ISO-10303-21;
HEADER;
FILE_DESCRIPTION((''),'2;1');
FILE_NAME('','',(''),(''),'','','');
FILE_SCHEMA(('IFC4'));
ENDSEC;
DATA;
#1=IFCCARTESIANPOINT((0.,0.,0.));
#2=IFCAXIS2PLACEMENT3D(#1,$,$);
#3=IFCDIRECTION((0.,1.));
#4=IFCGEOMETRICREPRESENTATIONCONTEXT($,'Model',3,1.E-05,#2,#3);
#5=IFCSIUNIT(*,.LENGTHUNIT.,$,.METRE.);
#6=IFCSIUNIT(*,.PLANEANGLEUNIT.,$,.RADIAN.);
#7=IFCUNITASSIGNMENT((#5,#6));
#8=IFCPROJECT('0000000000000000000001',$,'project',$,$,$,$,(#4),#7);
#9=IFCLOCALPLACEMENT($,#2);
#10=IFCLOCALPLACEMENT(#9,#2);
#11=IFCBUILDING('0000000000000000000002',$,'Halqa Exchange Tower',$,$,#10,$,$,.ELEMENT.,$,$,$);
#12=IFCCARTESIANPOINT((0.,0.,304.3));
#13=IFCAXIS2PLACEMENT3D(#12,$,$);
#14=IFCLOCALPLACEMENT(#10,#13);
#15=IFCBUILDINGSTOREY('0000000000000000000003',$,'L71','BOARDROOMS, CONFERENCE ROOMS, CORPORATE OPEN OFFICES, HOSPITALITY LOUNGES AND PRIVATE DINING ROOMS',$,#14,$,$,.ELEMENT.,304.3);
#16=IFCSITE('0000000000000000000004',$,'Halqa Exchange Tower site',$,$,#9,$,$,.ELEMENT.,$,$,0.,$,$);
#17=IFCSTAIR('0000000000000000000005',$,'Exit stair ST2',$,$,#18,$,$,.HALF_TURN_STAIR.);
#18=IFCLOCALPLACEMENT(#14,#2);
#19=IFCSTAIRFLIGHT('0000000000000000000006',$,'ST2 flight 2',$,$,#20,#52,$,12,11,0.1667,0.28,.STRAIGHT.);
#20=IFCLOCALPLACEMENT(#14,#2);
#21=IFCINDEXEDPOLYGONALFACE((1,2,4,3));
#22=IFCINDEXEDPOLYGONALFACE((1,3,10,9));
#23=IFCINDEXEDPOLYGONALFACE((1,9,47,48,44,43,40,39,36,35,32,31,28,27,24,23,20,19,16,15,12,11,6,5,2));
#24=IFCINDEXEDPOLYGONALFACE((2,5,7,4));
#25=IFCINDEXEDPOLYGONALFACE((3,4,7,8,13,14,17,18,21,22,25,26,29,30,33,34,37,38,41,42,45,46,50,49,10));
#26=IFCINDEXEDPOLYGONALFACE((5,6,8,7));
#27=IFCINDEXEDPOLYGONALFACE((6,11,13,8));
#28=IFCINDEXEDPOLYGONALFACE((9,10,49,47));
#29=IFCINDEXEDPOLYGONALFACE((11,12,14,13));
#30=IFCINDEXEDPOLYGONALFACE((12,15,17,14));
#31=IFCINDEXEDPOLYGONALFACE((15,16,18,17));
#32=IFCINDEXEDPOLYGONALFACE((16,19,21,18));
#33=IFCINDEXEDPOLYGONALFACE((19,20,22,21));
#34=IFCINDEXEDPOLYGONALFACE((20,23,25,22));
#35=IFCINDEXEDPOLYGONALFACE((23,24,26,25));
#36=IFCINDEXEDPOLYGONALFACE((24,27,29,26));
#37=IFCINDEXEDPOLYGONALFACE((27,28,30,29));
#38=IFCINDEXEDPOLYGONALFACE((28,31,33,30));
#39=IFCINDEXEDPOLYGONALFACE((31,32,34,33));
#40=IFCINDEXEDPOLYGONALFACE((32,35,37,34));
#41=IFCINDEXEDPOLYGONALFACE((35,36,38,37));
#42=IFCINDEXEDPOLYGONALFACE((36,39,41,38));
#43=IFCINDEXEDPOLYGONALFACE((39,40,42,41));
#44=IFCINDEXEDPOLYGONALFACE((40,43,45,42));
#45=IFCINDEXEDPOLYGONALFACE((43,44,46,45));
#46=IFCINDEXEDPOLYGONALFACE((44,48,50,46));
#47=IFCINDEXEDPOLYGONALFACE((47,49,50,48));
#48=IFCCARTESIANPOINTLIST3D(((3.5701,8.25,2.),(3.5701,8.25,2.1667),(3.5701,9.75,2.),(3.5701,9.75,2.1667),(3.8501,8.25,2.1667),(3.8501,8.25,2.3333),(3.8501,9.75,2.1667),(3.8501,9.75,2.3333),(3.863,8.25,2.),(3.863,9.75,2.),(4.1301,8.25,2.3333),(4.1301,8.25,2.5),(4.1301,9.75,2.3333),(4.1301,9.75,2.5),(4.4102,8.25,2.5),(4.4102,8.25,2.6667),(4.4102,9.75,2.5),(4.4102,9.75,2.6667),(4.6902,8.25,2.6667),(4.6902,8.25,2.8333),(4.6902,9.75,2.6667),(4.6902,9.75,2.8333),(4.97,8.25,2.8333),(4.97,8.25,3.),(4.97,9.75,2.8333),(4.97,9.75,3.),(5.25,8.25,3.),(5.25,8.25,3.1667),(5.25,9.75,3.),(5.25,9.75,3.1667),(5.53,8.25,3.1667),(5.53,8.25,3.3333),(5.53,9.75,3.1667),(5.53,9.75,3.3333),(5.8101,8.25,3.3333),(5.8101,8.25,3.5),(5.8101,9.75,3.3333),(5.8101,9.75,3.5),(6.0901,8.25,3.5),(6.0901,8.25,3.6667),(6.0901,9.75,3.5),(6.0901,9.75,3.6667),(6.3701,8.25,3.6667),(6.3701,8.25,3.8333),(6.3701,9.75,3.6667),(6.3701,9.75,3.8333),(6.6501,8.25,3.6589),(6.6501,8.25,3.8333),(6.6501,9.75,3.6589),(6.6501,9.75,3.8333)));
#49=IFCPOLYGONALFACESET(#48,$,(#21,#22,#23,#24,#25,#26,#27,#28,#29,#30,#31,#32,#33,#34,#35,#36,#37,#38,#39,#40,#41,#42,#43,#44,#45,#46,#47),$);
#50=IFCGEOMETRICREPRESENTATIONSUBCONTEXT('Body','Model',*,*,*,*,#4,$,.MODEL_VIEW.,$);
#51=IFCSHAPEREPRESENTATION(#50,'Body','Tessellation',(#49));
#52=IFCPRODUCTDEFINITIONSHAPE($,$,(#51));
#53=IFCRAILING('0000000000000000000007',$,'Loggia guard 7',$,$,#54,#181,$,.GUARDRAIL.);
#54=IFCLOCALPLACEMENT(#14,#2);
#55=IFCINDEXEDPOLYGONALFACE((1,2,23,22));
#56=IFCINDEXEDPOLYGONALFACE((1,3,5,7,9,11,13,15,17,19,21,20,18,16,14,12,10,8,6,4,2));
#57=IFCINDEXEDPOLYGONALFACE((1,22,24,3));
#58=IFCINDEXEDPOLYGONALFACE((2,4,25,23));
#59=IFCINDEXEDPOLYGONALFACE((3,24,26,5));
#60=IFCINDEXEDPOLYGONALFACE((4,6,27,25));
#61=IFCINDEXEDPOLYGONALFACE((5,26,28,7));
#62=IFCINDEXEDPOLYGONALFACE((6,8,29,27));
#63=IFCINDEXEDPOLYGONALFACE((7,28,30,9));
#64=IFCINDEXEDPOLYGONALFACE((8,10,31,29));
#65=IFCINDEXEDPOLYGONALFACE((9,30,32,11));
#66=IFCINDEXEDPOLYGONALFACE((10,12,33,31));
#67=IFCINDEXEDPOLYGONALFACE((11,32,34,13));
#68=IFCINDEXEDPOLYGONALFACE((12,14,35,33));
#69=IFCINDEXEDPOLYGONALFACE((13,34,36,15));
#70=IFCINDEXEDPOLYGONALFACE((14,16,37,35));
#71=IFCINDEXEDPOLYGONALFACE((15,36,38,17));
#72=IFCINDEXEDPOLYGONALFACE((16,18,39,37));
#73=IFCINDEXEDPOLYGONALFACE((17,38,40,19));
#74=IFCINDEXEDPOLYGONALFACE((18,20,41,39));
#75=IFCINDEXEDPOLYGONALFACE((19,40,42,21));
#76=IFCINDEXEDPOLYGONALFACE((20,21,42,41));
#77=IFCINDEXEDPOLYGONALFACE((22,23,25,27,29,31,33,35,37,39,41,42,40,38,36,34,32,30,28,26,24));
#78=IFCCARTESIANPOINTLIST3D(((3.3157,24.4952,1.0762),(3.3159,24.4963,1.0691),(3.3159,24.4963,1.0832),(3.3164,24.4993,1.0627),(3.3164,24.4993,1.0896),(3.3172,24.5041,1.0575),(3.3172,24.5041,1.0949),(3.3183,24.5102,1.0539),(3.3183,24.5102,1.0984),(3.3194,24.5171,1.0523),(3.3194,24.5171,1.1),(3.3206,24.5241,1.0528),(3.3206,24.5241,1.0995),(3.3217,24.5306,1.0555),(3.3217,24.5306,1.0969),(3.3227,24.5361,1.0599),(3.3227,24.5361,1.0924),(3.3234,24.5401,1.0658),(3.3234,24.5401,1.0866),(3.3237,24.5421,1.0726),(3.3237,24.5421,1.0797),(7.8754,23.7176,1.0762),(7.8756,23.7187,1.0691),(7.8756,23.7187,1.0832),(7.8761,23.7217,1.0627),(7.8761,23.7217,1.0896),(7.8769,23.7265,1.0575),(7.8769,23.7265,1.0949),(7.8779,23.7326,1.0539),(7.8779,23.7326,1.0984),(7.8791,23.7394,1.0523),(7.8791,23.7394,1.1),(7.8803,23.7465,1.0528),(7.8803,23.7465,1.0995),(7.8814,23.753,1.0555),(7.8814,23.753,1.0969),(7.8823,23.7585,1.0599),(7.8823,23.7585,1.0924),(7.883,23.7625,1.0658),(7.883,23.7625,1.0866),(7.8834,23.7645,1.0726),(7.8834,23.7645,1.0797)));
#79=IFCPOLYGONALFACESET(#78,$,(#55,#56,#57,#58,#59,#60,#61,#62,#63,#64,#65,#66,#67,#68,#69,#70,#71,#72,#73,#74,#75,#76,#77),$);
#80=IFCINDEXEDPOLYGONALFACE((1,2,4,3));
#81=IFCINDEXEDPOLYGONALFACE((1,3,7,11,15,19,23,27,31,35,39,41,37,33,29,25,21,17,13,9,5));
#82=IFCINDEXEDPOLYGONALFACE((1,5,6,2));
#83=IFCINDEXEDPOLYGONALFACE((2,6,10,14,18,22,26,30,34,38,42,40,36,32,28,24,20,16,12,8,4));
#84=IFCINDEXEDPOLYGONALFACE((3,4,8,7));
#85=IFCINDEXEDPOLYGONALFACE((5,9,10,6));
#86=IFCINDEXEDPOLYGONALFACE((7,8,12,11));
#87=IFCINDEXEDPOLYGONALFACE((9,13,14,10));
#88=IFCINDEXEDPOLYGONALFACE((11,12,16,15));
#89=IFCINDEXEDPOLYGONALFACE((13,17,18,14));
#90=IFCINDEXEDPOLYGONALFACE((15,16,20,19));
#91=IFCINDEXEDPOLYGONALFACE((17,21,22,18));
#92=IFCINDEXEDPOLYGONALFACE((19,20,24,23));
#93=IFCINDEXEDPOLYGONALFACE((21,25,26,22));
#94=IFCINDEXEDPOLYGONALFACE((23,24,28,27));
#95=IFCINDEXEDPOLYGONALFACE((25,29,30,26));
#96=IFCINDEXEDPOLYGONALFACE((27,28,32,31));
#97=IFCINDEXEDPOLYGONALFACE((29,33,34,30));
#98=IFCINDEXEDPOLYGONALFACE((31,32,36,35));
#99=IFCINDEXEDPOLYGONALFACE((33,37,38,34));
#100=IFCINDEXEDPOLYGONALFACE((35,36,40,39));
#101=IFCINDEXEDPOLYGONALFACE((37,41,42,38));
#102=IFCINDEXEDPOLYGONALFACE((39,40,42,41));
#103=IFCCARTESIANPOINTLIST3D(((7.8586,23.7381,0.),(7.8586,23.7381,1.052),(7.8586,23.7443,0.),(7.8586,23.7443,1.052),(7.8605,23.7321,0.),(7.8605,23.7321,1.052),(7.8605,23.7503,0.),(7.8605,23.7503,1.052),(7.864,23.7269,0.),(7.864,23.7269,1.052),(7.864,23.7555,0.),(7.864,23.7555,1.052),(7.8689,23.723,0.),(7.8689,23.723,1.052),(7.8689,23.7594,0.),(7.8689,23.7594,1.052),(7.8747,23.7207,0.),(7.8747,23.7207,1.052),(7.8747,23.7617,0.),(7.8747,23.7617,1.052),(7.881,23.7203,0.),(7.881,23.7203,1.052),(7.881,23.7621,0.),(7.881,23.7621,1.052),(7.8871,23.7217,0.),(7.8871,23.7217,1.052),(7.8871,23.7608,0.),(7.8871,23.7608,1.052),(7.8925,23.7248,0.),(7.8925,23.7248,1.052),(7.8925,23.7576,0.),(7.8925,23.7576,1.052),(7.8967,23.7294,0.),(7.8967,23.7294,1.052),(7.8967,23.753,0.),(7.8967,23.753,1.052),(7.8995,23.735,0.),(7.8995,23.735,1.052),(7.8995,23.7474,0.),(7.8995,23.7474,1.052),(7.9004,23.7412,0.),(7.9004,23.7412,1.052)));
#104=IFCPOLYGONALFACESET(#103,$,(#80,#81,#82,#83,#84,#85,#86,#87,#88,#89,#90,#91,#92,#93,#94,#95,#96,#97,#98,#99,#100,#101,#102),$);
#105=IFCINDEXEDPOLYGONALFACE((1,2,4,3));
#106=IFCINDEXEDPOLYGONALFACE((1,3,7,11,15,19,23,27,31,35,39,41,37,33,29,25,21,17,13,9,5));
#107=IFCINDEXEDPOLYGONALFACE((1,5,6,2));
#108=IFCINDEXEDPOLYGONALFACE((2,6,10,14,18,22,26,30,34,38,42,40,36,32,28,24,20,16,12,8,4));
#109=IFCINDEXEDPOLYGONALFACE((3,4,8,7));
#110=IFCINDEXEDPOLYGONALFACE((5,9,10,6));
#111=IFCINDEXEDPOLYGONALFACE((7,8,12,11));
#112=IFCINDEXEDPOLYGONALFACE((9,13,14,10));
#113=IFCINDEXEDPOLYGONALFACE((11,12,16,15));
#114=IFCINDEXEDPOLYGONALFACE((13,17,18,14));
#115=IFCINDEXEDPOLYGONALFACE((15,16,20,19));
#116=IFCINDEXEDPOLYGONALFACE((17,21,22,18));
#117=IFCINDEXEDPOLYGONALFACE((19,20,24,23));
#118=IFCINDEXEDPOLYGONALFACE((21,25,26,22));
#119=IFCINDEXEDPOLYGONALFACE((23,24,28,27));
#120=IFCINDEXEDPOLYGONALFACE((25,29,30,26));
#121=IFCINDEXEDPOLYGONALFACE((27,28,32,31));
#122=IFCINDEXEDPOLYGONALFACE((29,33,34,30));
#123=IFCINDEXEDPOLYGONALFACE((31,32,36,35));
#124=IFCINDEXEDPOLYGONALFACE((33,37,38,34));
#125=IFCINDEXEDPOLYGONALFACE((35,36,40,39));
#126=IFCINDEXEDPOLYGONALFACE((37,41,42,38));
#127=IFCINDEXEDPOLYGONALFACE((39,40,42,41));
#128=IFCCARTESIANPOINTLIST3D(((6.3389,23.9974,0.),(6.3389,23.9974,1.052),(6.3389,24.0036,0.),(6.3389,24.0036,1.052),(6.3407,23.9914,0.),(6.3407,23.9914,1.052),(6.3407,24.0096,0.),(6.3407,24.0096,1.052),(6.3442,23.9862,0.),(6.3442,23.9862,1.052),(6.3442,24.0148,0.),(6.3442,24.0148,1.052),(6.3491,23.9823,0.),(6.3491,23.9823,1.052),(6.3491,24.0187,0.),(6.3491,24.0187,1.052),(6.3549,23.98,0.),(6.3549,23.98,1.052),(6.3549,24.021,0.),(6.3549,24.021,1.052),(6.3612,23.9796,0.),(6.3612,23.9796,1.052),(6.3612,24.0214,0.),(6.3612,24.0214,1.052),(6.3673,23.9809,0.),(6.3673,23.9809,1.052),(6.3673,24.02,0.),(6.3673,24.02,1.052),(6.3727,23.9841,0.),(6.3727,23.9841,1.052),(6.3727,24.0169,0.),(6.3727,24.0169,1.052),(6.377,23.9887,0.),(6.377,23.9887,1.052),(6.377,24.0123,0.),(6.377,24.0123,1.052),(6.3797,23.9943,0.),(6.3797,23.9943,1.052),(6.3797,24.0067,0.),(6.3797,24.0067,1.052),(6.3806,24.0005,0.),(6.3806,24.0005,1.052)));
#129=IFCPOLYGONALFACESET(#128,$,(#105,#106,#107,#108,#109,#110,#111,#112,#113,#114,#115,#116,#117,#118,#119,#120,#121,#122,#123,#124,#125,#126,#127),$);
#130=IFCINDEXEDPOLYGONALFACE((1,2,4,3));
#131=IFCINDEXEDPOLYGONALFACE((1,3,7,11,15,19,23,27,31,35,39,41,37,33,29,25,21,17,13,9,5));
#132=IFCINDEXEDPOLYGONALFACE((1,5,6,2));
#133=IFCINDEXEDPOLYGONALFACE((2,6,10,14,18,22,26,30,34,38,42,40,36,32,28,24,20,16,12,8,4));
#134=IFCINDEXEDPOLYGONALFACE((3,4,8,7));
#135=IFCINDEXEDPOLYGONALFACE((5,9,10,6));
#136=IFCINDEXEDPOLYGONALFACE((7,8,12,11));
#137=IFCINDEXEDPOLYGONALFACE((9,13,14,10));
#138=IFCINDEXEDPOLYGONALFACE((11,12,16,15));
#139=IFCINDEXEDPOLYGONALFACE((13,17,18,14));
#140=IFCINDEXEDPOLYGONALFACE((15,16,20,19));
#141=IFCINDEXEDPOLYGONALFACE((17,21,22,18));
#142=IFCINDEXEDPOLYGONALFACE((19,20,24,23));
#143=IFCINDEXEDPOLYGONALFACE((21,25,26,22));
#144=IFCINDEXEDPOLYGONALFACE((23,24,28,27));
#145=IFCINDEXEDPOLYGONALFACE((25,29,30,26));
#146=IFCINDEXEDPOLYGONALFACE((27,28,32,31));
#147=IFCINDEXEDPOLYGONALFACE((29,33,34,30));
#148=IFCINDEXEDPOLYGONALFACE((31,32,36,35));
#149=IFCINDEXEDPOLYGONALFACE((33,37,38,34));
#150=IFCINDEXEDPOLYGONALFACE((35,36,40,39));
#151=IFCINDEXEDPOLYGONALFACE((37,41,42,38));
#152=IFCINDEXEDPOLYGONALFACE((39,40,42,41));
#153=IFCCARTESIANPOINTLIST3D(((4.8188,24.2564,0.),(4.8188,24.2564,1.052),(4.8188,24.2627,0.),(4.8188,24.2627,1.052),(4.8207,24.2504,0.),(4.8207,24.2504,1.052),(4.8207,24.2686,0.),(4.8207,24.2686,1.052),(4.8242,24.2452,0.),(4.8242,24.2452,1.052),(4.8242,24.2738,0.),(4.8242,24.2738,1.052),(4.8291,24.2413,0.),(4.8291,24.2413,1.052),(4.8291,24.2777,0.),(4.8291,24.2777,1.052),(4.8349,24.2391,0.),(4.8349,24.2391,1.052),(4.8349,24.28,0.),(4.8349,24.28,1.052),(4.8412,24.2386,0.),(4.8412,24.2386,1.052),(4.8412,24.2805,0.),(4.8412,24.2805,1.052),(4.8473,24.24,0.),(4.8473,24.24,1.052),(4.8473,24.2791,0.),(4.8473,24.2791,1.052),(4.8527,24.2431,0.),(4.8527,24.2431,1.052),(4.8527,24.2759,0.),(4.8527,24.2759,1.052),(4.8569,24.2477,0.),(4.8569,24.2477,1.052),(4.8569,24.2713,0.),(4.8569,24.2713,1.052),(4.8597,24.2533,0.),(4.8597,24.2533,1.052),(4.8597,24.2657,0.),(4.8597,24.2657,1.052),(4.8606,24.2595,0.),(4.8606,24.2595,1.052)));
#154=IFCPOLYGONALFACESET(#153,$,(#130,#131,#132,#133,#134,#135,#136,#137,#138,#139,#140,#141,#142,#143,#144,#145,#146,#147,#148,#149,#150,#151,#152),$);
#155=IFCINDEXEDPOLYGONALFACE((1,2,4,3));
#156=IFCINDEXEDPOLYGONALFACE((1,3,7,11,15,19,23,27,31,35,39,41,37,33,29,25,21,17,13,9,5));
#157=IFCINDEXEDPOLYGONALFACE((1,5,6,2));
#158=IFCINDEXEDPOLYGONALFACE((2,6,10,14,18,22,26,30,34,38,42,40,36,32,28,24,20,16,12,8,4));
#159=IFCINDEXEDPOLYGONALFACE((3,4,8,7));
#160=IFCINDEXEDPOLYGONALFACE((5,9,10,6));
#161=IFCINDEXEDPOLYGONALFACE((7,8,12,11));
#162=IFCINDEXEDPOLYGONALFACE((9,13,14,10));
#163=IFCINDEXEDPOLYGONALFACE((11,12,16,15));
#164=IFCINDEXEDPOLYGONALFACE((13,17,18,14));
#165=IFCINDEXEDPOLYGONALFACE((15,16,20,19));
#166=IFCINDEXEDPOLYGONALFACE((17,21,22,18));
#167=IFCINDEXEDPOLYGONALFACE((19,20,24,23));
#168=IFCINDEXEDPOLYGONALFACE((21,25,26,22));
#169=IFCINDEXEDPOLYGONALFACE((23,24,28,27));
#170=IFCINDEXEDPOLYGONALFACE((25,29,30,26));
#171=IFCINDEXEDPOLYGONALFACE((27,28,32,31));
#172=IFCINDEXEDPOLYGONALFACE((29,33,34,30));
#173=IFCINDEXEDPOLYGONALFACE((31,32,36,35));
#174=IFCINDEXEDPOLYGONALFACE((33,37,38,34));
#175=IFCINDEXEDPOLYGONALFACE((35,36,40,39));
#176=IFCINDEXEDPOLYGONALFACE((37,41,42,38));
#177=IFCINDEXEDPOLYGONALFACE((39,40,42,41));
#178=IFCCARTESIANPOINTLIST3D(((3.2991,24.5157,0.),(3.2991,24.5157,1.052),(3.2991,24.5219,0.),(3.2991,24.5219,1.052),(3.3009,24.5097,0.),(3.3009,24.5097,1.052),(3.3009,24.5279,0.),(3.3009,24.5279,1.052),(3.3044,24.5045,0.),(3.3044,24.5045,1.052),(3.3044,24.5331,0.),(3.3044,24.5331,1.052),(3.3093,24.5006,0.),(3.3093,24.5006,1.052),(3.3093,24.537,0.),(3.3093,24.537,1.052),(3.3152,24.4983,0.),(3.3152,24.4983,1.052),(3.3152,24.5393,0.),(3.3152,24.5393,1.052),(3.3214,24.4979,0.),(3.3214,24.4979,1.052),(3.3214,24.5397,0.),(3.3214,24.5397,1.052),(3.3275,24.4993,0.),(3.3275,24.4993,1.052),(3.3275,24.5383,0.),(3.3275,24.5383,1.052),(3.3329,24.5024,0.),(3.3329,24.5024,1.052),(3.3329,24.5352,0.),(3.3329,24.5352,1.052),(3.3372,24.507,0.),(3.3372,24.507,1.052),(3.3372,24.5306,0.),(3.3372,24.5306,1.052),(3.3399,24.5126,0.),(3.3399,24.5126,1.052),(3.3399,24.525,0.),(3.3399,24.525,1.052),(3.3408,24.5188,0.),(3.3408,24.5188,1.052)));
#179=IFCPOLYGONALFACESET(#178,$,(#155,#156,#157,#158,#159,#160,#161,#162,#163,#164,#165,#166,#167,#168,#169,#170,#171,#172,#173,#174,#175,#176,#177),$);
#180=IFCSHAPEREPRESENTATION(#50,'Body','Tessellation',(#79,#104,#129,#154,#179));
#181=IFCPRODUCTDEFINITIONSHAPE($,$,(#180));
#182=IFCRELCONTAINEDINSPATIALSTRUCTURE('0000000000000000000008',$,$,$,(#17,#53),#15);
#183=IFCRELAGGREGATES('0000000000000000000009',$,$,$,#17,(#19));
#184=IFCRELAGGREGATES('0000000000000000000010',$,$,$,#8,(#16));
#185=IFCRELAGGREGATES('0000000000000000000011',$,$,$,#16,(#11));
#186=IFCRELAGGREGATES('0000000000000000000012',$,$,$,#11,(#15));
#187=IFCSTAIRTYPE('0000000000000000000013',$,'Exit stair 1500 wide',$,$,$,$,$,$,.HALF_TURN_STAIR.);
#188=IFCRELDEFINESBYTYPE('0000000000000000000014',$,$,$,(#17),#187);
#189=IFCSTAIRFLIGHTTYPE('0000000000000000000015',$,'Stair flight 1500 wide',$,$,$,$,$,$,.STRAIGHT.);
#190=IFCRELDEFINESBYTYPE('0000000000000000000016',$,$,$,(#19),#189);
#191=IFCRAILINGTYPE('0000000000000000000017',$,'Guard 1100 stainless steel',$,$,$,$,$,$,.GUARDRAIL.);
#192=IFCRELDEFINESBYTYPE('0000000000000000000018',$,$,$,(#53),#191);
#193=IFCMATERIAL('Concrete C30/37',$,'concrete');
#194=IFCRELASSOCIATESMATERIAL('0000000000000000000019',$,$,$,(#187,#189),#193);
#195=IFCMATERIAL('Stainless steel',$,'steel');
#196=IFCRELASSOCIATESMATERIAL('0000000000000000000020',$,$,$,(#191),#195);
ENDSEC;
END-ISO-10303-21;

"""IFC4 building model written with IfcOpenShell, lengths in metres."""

from ifc_helpers import new_model, si_unit, direction, frame, origin, origin_2d, place, context, subcontext, project, spatial, polyline, circle, outline, extrude, material, type_object, element, aggregate, save


model = new_model("IFC4")

# Units and contexts
model_context = context("Model", 3, precision=1e-05, world=origin(), true_north=direction((0.0, 1.0)))
body_context = subcontext(model_context, "Body", "Model", "MODEL_VIEW")
ifc_project = project(units=[si_unit("LENGTHUNIT", "METRE"), si_unit("PLANEANGLEUNIT", "RADIAN")], contexts=[model_context])

# Site, building, storey
site_placement = place(None, origin())
site = spatial("IfcSite", under=ifc_project, at=site_placement, Name="Halqa Exchange Tower site", CompositionType="ELEMENT", RefElevation=0.0)
building_placement = place(site_placement, origin())
building = spatial("IfcBuilding", under=site, at=building_placement, Name="Halqa Exchange Tower", CompositionType="ELEMENT")
storey_placement = place(building_placement, frame((0.0, 0.0, 304.3)))
storey = spatial("IfcBuildingStorey", under=building, at=storey_placement, Name="L71", Description="BOARDROOMS, CONFERENCE ROOMS, CORPORATE OPEN OFFICES, HOSPITALITY LOUNGES AND PRIVATE DINING ROOMS", CompositionType="ELEMENT", Elevation=304.3)

# Stair
ifc_material_1 = material(Name="Concrete C30/37", Category="concrete")
stair_type = type_object("IfcStairType", Name="Exit stair 1500 wide", PredefinedType="HALF_TURN_STAIR", material=ifc_material_1)
stair_1_placement = place(storey_placement, origin())
stair_1 = element("IfcStair", 1, at=stair_1_placement, inside=storey, type_object=stair_type, Name="Exit stair ST2", PredefinedType="HALF_TURN_STAIR")

# Stair flight
stair_flight_type = type_object("IfcStairFlightType", Name="Stair flight 1500 wide", PredefinedType="STRAIGHT", material=ifc_material_1)
stair_flight_1_placement = place(storey_placement, frame((3.5701, 9.0, 2.0), z_axis=(0.0, 0.0, 1.0), x_axis=(1.0, 0.0, 0.0)))
stair_flight_1 = element("IfcStairFlight", 2, at=stair_flight_1_placement, type_object=stair_flight_type, Name="ST2 flight 2", NumberOfRisers=12, NumberOfTreads=11, PredefinedType="STRAIGHT", RiserHeight=0.1667, TreadLength=0.28, context=body_context, shape_type="SweptSolid", body=[
    extrude(outline(polyline([(0.0, 0.0), (0.0, 0.1667), (0.28, 0.1667), (0.28, 0.3333), (0.5601, 0.3333), (0.5601, 0.5), (0.8401, 0.5), (0.8401, 0.6667), (1.1201, 0.6667), (1.1201, 0.8333), (1.3999, 0.8333), (1.3999, 1.0), (1.6799, 1.0), (1.6799, 1.1667), (1.96, 1.1667), (1.96, 1.3333), (2.24, 1.3333), (2.24, 1.5), (2.52, 1.5), (2.52, 1.6667), (2.8, 1.6667), (2.8, 1.8333), (3.0801, 1.8333), (3.0801, 2.0), (3.0801, 1.6589), (0.293, 0.0), (0.0, 0.0)])), frame((0.0, 0.75, 0.0), z_axis=(0.0, -1.0, 0.0), x_axis=(1.0, 0.0, 0.0)), (0.0, 0.0, 1.0), 1.5),
])
aggregate(stair_1, [stair_flight_1])

# Railing
ifc_material_2 = material(Name="Stainless steel", Category="steel")
railing_type_1 = type_object("IfcRailingType", Name="Guard 1100 stainless steel", PredefinedType="GUARDRAIL", material=ifc_material_2)
railing_1_placement = place(storey_placement, frame((7.8794, 23.7412, 0.0)))
element("IfcRailing", 3, at=railing_1_placement, inside=storey, type_object=railing_type_1, Name="Loggia guard 7", PredefinedType="GUARDRAIL", context=body_context, shape_type="SweptSolid", body=[
    extrude(circle(Radius=0.0239, at=origin_2d()), frame((0.0, 0.0, 1.0762), z_axis=(-0.985768, 0.168113, 0.0), x_axis=(-0.168113, -0.985768, 0.0)), (0.0, 0.0, 1.0), 4.6255),
    extrude(circle(Radius=0.021, at=origin_2d()), origin(), (0.0, 0.0, 1.0), 1.052),
    extrude(circle(Radius=0.021, at=origin_2d()), frame((-1.5198, 0.2593, 0.0)), (0.0, 0.0, 1.0), 1.052),
    extrude(circle(Radius=0.021, at=origin_2d()), frame((-3.0398, 0.5183, 0.0)), (0.0, 0.0, 1.0), 1.052),
    extrude(circle(Radius=0.021, at=origin_2d()), frame((-4.5596, 0.7776, 0.0)), (0.0, 0.0, 1.0), 1.052),
])

save(model, "model.ifc")
